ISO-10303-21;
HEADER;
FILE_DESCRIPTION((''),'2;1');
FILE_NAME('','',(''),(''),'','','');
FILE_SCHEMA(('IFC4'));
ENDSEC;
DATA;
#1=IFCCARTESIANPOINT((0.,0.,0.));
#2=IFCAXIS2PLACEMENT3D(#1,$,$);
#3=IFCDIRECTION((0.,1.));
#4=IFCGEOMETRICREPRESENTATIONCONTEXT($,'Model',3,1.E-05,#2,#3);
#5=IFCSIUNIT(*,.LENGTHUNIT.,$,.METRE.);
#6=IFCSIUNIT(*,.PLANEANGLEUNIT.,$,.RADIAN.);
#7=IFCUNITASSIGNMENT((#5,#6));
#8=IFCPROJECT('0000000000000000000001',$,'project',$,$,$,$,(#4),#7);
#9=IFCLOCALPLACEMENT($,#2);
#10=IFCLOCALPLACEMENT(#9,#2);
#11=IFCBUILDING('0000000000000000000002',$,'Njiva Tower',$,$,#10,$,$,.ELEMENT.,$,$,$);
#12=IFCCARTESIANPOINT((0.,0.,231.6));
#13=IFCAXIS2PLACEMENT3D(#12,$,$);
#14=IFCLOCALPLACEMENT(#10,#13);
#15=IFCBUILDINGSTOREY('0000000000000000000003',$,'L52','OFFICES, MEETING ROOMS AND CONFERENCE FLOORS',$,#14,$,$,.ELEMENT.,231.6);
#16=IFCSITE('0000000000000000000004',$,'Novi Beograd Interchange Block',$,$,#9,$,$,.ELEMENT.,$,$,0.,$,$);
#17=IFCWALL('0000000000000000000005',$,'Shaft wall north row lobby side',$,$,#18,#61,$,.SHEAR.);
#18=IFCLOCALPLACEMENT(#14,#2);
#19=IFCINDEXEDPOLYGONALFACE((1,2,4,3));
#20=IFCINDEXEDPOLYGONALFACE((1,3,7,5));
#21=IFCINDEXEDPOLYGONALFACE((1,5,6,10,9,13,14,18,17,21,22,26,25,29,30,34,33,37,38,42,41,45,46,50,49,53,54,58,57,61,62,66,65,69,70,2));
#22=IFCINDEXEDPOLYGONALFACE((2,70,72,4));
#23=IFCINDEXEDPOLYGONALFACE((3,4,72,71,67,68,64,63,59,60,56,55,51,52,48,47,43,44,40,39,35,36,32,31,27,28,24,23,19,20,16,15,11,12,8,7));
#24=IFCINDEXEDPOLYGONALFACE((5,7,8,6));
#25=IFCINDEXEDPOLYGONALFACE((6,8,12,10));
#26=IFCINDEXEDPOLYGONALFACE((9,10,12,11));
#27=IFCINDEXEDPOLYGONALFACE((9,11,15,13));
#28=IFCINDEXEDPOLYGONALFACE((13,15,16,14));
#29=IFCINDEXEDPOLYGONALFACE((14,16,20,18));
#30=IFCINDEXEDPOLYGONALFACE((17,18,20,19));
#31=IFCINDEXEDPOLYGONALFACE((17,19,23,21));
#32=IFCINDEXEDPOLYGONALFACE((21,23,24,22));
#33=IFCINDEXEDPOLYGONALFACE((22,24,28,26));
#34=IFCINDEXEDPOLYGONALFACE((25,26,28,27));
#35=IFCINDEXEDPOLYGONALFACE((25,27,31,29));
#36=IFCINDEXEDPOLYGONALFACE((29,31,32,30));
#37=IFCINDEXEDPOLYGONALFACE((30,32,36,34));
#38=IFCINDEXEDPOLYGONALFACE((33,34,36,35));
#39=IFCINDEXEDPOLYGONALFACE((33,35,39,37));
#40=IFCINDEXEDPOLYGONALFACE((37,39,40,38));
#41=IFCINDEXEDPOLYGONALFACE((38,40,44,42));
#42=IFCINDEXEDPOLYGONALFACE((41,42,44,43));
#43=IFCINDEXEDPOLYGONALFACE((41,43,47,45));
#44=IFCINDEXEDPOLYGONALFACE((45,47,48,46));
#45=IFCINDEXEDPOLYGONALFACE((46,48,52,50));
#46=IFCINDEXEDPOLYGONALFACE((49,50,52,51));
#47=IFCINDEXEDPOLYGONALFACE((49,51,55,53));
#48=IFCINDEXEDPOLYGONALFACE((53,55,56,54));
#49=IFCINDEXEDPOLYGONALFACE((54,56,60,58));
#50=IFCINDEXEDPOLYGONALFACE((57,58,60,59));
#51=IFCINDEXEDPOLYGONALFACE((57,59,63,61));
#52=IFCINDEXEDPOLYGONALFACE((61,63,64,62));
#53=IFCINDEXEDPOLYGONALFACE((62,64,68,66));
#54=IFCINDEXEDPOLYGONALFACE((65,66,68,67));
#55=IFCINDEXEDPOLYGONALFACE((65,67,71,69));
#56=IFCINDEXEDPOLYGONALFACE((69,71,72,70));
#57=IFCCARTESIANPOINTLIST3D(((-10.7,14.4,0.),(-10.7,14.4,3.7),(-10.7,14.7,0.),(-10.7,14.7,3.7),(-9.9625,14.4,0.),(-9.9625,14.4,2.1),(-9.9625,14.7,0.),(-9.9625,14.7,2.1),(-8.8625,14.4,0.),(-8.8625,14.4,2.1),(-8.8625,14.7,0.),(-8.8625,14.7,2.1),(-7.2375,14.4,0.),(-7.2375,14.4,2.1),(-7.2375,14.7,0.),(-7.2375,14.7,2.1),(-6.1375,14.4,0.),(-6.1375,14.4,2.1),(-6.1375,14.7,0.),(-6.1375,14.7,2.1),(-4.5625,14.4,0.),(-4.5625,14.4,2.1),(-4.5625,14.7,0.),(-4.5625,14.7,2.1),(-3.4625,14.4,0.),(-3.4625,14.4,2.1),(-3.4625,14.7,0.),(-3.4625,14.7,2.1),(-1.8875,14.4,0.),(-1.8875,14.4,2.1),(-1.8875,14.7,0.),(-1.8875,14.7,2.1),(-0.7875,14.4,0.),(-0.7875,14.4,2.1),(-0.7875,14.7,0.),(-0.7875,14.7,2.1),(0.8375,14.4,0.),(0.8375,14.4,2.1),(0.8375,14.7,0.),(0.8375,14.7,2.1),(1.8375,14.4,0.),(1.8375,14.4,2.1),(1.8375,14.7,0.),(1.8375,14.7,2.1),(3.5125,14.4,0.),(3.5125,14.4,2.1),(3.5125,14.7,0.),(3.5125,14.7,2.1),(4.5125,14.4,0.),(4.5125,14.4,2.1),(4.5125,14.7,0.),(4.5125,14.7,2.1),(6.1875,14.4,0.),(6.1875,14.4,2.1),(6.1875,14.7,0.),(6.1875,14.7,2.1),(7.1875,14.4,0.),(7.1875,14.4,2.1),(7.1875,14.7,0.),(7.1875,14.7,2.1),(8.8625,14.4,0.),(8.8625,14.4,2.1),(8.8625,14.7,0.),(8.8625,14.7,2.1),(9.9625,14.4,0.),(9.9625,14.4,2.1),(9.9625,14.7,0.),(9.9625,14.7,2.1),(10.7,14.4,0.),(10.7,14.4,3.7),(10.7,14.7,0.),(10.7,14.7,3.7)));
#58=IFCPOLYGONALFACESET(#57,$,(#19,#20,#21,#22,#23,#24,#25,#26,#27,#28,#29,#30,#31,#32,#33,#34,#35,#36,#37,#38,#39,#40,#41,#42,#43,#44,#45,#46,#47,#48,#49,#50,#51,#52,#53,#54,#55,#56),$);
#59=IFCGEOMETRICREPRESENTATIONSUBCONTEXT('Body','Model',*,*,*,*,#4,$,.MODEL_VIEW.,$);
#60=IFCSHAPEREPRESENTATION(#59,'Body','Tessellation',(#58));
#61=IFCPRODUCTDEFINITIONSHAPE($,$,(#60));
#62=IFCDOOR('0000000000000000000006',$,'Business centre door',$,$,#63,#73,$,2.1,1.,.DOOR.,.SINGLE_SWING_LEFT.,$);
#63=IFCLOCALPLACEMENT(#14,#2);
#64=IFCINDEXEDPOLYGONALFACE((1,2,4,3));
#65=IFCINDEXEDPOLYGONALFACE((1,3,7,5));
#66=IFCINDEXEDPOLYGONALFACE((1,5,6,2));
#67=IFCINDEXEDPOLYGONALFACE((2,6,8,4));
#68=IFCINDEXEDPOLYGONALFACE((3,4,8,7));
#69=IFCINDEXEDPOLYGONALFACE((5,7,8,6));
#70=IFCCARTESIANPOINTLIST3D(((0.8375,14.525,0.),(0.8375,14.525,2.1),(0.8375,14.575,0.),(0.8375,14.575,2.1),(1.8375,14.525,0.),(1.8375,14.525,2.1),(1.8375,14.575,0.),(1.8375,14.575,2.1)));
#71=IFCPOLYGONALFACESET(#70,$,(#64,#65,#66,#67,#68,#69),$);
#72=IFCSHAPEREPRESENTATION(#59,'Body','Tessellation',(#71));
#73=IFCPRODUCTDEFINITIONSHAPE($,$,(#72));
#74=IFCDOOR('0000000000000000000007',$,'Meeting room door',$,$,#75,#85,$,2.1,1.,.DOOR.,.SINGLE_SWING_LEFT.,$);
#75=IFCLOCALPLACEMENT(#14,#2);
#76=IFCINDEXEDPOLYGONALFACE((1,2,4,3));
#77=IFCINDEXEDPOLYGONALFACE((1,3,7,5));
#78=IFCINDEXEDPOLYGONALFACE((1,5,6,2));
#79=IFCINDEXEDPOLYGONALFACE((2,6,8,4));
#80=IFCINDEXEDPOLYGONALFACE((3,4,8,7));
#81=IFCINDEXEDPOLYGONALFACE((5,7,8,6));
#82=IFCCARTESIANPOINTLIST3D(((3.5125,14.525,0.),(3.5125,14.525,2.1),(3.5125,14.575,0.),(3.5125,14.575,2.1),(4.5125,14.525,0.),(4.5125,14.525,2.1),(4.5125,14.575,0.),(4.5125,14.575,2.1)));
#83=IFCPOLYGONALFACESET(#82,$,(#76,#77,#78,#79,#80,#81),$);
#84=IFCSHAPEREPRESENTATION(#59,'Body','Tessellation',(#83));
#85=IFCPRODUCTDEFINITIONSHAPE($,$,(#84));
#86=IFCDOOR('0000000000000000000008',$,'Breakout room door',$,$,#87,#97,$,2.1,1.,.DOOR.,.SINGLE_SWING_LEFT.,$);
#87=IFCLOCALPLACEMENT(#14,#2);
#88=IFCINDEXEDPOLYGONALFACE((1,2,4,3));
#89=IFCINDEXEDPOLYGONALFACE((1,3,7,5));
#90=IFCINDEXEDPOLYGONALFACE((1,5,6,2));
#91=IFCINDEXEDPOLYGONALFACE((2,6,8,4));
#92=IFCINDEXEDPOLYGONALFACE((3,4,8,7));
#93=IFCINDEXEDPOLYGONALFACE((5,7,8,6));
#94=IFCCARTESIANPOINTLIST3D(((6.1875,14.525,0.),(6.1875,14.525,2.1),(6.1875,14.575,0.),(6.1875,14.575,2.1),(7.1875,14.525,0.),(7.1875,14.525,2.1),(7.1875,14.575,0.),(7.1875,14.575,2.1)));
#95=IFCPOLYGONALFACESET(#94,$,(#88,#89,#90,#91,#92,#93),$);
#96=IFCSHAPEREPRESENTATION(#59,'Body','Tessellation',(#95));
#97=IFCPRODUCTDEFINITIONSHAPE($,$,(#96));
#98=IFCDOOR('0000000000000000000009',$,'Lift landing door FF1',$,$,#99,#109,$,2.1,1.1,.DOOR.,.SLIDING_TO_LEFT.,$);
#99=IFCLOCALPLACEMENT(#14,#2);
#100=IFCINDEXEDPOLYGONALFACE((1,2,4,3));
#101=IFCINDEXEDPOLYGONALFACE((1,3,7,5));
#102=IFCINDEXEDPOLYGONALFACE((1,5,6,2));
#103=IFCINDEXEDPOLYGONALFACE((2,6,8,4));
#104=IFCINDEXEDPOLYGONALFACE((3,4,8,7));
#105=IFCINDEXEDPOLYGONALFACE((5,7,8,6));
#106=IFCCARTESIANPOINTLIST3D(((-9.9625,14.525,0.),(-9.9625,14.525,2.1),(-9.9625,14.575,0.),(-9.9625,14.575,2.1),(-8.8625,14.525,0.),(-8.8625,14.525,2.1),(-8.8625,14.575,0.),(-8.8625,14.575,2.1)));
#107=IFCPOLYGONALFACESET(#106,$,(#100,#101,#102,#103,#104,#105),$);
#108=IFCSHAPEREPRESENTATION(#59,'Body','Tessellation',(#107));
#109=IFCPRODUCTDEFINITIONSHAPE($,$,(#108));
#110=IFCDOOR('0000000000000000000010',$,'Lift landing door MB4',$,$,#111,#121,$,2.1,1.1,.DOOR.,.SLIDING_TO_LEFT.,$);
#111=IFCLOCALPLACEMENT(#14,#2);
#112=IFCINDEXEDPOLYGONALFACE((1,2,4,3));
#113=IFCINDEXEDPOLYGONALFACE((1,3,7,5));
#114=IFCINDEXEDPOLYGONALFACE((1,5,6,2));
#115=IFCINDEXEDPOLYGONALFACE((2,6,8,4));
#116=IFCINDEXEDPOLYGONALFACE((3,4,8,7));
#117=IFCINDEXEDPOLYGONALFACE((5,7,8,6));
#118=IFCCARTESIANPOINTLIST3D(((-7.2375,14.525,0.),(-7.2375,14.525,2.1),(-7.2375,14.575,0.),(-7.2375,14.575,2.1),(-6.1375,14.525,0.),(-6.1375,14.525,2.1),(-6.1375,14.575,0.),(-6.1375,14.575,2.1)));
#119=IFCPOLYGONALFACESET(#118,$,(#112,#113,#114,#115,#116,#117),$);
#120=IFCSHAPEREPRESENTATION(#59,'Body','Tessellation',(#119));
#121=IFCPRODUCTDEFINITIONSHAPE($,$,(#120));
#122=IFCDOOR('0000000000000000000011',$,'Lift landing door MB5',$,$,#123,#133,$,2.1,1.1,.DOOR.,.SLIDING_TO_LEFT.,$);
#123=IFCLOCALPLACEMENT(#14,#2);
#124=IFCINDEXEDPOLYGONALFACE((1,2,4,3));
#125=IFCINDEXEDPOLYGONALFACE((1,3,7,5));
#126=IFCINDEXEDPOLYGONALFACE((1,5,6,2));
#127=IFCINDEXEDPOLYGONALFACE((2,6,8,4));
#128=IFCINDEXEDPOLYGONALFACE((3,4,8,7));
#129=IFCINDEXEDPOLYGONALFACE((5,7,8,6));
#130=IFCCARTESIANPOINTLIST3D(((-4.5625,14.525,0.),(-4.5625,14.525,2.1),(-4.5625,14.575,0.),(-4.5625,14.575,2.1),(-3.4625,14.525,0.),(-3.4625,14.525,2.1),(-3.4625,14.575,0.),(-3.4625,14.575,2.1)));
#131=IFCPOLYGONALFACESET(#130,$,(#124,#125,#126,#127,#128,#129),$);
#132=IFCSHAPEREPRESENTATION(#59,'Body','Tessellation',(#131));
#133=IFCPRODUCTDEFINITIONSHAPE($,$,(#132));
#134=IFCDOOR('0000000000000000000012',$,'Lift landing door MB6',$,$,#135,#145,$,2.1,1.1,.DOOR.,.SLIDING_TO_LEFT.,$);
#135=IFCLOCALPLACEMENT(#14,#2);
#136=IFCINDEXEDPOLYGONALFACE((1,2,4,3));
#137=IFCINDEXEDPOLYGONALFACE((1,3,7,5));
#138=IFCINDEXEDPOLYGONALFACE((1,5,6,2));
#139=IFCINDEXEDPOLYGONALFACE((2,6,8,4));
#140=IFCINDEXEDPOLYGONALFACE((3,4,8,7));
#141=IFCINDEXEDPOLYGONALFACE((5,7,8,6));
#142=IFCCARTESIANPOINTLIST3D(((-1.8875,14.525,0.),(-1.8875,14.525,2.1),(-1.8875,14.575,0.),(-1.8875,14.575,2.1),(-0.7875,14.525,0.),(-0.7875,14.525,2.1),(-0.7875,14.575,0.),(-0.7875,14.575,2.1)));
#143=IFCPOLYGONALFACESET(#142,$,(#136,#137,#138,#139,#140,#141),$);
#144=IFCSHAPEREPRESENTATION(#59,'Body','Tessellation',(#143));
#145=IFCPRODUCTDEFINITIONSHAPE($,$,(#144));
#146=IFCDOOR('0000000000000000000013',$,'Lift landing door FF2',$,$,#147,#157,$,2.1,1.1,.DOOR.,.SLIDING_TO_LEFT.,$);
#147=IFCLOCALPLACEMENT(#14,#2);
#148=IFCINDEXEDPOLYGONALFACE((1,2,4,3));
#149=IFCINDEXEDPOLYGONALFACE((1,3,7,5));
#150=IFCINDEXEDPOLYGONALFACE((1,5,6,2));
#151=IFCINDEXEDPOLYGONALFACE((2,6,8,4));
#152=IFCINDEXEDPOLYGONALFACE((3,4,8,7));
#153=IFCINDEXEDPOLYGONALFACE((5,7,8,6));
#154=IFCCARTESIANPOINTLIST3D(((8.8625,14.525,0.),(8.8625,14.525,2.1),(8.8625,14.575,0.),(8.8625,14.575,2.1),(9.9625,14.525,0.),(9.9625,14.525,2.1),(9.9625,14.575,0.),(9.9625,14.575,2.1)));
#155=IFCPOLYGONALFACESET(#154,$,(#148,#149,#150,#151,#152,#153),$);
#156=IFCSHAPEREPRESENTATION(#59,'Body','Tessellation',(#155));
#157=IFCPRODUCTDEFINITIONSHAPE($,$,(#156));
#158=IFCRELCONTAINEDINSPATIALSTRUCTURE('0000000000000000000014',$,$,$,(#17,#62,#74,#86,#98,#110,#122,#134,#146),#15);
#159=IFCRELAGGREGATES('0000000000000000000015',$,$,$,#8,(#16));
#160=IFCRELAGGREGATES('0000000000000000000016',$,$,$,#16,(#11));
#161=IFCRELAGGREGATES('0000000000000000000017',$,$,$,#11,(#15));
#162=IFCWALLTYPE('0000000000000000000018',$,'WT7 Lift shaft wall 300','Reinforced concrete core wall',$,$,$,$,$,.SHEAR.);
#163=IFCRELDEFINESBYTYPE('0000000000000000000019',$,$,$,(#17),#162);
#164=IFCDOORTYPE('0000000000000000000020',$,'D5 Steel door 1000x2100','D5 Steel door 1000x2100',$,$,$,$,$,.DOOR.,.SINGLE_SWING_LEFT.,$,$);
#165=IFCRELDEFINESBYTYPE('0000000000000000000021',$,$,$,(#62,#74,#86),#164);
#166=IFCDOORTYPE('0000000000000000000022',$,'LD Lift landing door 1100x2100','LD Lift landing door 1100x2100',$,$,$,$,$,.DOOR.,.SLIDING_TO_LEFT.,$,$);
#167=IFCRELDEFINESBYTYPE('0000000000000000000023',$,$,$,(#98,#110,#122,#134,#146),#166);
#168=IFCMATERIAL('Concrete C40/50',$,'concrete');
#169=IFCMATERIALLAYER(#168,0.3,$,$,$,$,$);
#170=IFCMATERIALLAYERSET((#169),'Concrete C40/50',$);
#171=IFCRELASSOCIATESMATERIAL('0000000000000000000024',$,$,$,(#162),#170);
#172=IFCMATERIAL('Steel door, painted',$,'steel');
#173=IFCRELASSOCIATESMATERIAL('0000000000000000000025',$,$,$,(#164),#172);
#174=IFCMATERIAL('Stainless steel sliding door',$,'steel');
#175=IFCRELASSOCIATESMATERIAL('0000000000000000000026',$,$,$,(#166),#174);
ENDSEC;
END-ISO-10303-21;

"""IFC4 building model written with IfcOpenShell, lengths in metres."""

from ifc_helpers import new_model, si_unit, direction, frame, frame_2d, origin, place, context, subcontext, project, spatial, rectangle, extrude, material, layer, layer_set, type_object, element, fill, save


model = new_model("IFC4")

# Units and contexts
model_context = context("Model", 3, precision=1e-05, world=origin(), true_north=direction((0.0, 1.0)))
body_context = subcontext(model_context, "Body", "Model", "MODEL_VIEW")
ifc_project = project(units=[si_unit("LENGTHUNIT", "METRE"), si_unit("PLANEANGLEUNIT", "RADIAN")], contexts=[model_context])

# Site, building, storey
site_placement = place(None, origin())
site = spatial("IfcSite", under=ifc_project, at=site_placement, Name="Novi Beograd Interchange Block", CompositionType="ELEMENT", RefElevation=0.0)
building_placement = place(site_placement, origin())
building = spatial("IfcBuilding", under=site, at=building_placement, Name="Njiva Tower", CompositionType="ELEMENT")
storey_placement = place(building_placement, frame((0.0, 0.0, 231.6)))
storey = spatial("IfcBuildingStorey", under=building, at=storey_placement, Name="L52", Description="OFFICES, MEETING ROOMS AND CONFERENCE FLOORS", CompositionType="ELEMENT", Elevation=231.6)

# Shared definitions
ifc_material_1 = material(Name="Concrete C40/50", Category="concrete")

# Wall, openings, doors
ifc_layer_1 = layer(ifc_material_1, 0.3)
ifc_layer_set_1 = layer_set([ifc_layer_1], Name="Concrete C40/50")
wall_type_1 = type_object("IfcWallType", Name="WT7 Lift shaft wall 300", Description="Reinforced concrete core wall", PredefinedType="SHEAR", material=ifc_layer_set_1)
wall_1_placement = place(storey_placement, frame((-10.7, 14.55, 0.0), z_axis=(0.0, 0.0, 1.0), x_axis=(1.0, 0.0, 0.0)))
wall_1 = element("IfcWall", 1, at=wall_1_placement, inside=storey, type_object=wall_type_1, Name="Shaft wall north row lobby side", PredefinedType="SHEAR", context=body_context, shape_type="SweptSolid", body=[
    extrude(rectangle(XDim=21.4, YDim=0.3, at=frame_2d((10.7, 0.0))), origin(), (0.0, 0.0, 1.0), 3.7),
])
opening_1_placement = place(wall_1_placement, frame((0.7375, 0.0, 0.0)))
opening_1 = element("IfcOpeningElement", 2, at=opening_1_placement, cuts=wall_1, PredefinedType="OPENING", context=body_context, shape_type="SweptSolid", body=[
    extrude(rectangle(XDim=1.1, YDim=2.1, at=frame_2d((0.55, 1.05))), frame((0.0, 0.16, 0.0), z_axis=(0.0, -1.0, 0.0), x_axis=(1.0, 0.0, 0.0)), (0.0, 0.0, 1.0), 0.32),
])
opening_2_placement = place(wall_1_placement, frame((3.4625, 0.0, 0.0)))
opening_2 = element("IfcOpeningElement", 3, at=opening_2_placement, cuts=wall_1, PredefinedType="OPENING", context=body_context, shape_type="SweptSolid", body=[
    extrude(rectangle(XDim=1.1, YDim=2.1, at=frame_2d((0.55, 1.05))), frame((0.0, 0.16, 0.0), z_axis=(0.0, -1.0, 0.0), x_axis=(1.0, 0.0, 0.0)), (0.0, 0.0, 1.0), 0.32),
])
opening_3_placement = place(wall_1_placement, frame((6.1375, 0.0, 0.0)))
opening_3 = element("IfcOpeningElement", 4, at=opening_3_placement, cuts=wall_1, PredefinedType="OPENING", context=body_context, shape_type="SweptSolid", body=[
    extrude(rectangle(XDim=1.1, YDim=2.1, at=frame_2d((0.55, 1.05))), frame((0.0, 0.16, 0.0), z_axis=(0.0, -1.0, 0.0), x_axis=(1.0, 0.0, 0.0)), (0.0, 0.0, 1.0), 0.32),
])
opening_4_placement = place(wall_1_placement, frame((8.8125, 0.0, 0.0)))
opening_4 = element("IfcOpeningElement", 5, at=opening_4_placement, cuts=wall_1, PredefinedType="OPENING", context=body_context, shape_type="SweptSolid", body=[
    extrude(rectangle(XDim=1.1, YDim=2.1, at=frame_2d((0.55, 1.05))), frame((0.0, 0.16, 0.0), z_axis=(0.0, -1.0, 0.0), x_axis=(1.0, 0.0, 0.0)), (0.0, 0.0, 1.0), 0.32),
])
opening_5_placement = place(wall_1_placement, frame((19.5625, 0.0, 0.0)))
opening_5 = element("IfcOpeningElement", 6, at=opening_5_placement, cuts=wall_1, PredefinedType="OPENING", context=body_context, shape_type="SweptSolid", body=[
    extrude(rectangle(XDim=1.1, YDim=2.1, at=frame_2d((0.55, 1.05))), frame((0.0, 0.16, 0.0), z_axis=(0.0, -1.0, 0.0), x_axis=(1.0, 0.0, 0.0)), (0.0, 0.0, 1.0), 0.32),
])
opening_6_placement = place(wall_1_placement, frame((11.5375, 0.0, 0.0)))
opening_6 = element("IfcOpeningElement", 7, at=opening_6_placement, cuts=wall_1, PredefinedType="OPENING", context=body_context, shape_type="SweptSolid", body=[
    extrude(rectangle(XDim=1.0, YDim=2.1, at=frame_2d((0.5, 1.05))), frame((0.0, 0.16, 0.0), z_axis=(0.0, -1.0, 0.0), x_axis=(1.0, 0.0, 0.0)), (0.0, 0.0, 1.0), 0.32),
])
opening_7_placement = place(wall_1_placement, frame((14.2125, 0.0, 0.0)))
opening_7 = element("IfcOpeningElement", 8, at=opening_7_placement, cuts=wall_1, PredefinedType="OPENING", context=body_context, shape_type="SweptSolid", body=[
    extrude(rectangle(XDim=1.0, YDim=2.1, at=frame_2d((0.5, 1.05))), frame((0.0, 0.16, 0.0), z_axis=(0.0, -1.0, 0.0), x_axis=(1.0, 0.0, 0.0)), (0.0, 0.0, 1.0), 0.32),
])
opening_8_placement = place(wall_1_placement, frame((16.8875, 0.0, 0.0)))
opening_8 = element("IfcOpeningElement", 9, at=opening_8_placement, cuts=wall_1, PredefinedType="OPENING", context=body_context, shape_type="SweptSolid", body=[
    extrude(rectangle(XDim=1.0, YDim=2.1, at=frame_2d((0.5, 1.05))), frame((0.0, 0.16, 0.0), z_axis=(0.0, -1.0, 0.0), x_axis=(1.0, 0.0, 0.0)), (0.0, 0.0, 1.0), 0.32),
])
ifc_material_2 = material(Name="Steel door, painted", Category="steel")
door_type_1 = type_object("IfcDoorType", Name="D5 Steel door 1000x2100", Description="D5 Steel door 1000x2100", OperationType="SINGLE_SWING_LEFT", PredefinedType="DOOR", material=ifc_material_2)
door_1_placement = place(opening_6_placement, origin())
door_1 = element("IfcDoor", 10, at=door_1_placement, inside=storey, type_object=door_type_1, Name="Business centre door", OperationType="SINGLE_SWING_LEFT", OverallHeight=2.1, OverallWidth=1.0, PredefinedType="DOOR", context=body_context, shape_type="SweptSolid", body=[
    extrude(rectangle(XDim=1.0, YDim=2.1, at=frame_2d((0.5, 1.05))), frame((0.0, 0.025, 0.0), z_axis=(0.0, -1.0, 0.0), x_axis=(1.0, 0.0, 0.0)), (0.0, 0.0, 1.0), 0.05),
])
fill(opening_6, door_1)
door_2_placement = place(opening_7_placement, origin())
door_2 = element("IfcDoor", 11, at=door_2_placement, inside=storey, type_object=door_type_1, Name="Meeting room door", OperationType="SINGLE_SWING_LEFT", OverallHeight=2.1, OverallWidth=1.0, PredefinedType="DOOR", context=body_context, shape_type="SweptSolid", body=[
    extrude(rectangle(XDim=1.0, YDim=2.1, at=frame_2d((0.5, 1.05))), frame((0.0, 0.025, 0.0), z_axis=(0.0, -1.0, 0.0), x_axis=(1.0, 0.0, 0.0)), (0.0, 0.0, 1.0), 0.05),
])
fill(opening_7, door_2)
door_3_placement = place(opening_8_placement, origin())
door_3 = element("IfcDoor", 12, at=door_3_placement, inside=storey, type_object=door_type_1, Name="Breakout room door", OperationType="SINGLE_SWING_LEFT", OverallHeight=2.1, OverallWidth=1.0, PredefinedType="DOOR", context=body_context, shape_type="SweptSolid", body=[
    extrude(rectangle(XDim=1.0, YDim=2.1, at=frame_2d((0.5, 1.05))), frame((0.0, 0.025, 0.0), z_axis=(0.0, -1.0, 0.0), x_axis=(1.0, 0.0, 0.0)), (0.0, 0.0, 1.0), 0.05),
])
fill(opening_8, door_3)
ifc_material_3 = material(Name="Stainless steel sliding door", Category="steel")
door_type_2 = type_object("IfcDoorType", Name="LD Lift landing door 1100x2100", Description="LD Lift landing door 1100x2100", OperationType="SLIDING_TO_LEFT", PredefinedType="DOOR", material=ifc_material_3)
door_4_placement = place(opening_1_placement, origin())
door_4 = element("IfcDoor", 13, at=door_4_placement, inside=storey, type_object=door_type_2, Name="Lift landing door FF1", OperationType="SLIDING_TO_LEFT", OverallHeight=2.1, OverallWidth=1.1, PredefinedType="DOOR", context=body_context, shape_type="SweptSolid", body=[
    extrude(rectangle(XDim=1.1, YDim=2.1, at=frame_2d((0.55, 1.05))), frame((0.0, 0.025, 0.0), z_axis=(0.0, -1.0, 0.0), x_axis=(1.0, 0.0, 0.0)), (0.0, 0.0, 1.0), 0.05),
])
fill(opening_1, door_4)
door_5_placement = place(opening_2_placement, origin())
door_5 = element("IfcDoor", 14, at=door_5_placement, inside=storey, type_object=door_type_2, Name="Lift landing door MB4", OperationType="SLIDING_TO_LEFT", OverallHeight=2.1, OverallWidth=1.1, PredefinedType="DOOR", context=body_context, shape_type="SweptSolid", body=[
    extrude(rectangle(XDim=1.1, YDim=2.1, at=frame_2d((0.55, 1.05))), frame((0.0, 0.025, 0.0), z_axis=(0.0, -1.0, 0.0), x_axis=(1.0, 0.0, 0.0)), (0.0, 0.0, 1.0), 0.05),
])
fill(opening_2, door_5)
door_6_placement = place(opening_3_placement, origin())
door_6 = element("IfcDoor", 15, at=door_6_placement, inside=storey, type_object=door_type_2, Name="Lift landing door MB5", OperationType="SLIDING_TO_LEFT", OverallHeight=2.1, OverallWidth=1.1, PredefinedType="DOOR", context=body_context, shape_type="SweptSolid", body=[
    extrude(rectangle(XDim=1.1, YDim=2.1, at=frame_2d((0.55, 1.05))), frame((0.0, 0.025, 0.0), z_axis=(0.0, -1.0, 0.0), x_axis=(1.0, 0.0, 0.0)), (0.0, 0.0, 1.0), 0.05),
])
fill(opening_3, door_6)
door_7_placement = place(opening_4_placement, origin())
door_7 = element("IfcDoor", 16, at=door_7_placement, inside=storey, type_object=door_type_2, Name="Lift landing door MB6", OperationType="SLIDING_TO_LEFT", OverallHeight=2.1, OverallWidth=1.1, PredefinedType="DOOR", context=body_context, shape_type="SweptSolid", body=[
    extrude(rectangle(XDim=1.1, YDim=2.1, at=frame_2d((0.55, 1.05))), frame((0.0, 0.025, 0.0), z_axis=(0.0, -1.0, 0.0), x_axis=(1.0, 0.0, 0.0)), (0.0, 0.0, 1.0), 0.05),
])
fill(opening_4, door_7)
door_8_placement = place(opening_5_placement, origin())
door_8 = element("IfcDoor", 17, at=door_8_placement, inside=storey, type_object=door_type_2, Name="Lift landing door FF2", OperationType="SLIDING_TO_LEFT", OverallHeight=2.1, OverallWidth=1.1, PredefinedType="DOOR", context=body_context, shape_type="SweptSolid", body=[
    extrude(rectangle(XDim=1.1, YDim=2.1, at=frame_2d((0.55, 1.05))), frame((0.0, 0.025, 0.0), z_axis=(0.0, -1.0, 0.0), x_axis=(1.0, 0.0, 0.0)), (0.0, 0.0, 1.0), 0.05),
])
fill(opening_5, door_8)

save(model, "model.ifc")
